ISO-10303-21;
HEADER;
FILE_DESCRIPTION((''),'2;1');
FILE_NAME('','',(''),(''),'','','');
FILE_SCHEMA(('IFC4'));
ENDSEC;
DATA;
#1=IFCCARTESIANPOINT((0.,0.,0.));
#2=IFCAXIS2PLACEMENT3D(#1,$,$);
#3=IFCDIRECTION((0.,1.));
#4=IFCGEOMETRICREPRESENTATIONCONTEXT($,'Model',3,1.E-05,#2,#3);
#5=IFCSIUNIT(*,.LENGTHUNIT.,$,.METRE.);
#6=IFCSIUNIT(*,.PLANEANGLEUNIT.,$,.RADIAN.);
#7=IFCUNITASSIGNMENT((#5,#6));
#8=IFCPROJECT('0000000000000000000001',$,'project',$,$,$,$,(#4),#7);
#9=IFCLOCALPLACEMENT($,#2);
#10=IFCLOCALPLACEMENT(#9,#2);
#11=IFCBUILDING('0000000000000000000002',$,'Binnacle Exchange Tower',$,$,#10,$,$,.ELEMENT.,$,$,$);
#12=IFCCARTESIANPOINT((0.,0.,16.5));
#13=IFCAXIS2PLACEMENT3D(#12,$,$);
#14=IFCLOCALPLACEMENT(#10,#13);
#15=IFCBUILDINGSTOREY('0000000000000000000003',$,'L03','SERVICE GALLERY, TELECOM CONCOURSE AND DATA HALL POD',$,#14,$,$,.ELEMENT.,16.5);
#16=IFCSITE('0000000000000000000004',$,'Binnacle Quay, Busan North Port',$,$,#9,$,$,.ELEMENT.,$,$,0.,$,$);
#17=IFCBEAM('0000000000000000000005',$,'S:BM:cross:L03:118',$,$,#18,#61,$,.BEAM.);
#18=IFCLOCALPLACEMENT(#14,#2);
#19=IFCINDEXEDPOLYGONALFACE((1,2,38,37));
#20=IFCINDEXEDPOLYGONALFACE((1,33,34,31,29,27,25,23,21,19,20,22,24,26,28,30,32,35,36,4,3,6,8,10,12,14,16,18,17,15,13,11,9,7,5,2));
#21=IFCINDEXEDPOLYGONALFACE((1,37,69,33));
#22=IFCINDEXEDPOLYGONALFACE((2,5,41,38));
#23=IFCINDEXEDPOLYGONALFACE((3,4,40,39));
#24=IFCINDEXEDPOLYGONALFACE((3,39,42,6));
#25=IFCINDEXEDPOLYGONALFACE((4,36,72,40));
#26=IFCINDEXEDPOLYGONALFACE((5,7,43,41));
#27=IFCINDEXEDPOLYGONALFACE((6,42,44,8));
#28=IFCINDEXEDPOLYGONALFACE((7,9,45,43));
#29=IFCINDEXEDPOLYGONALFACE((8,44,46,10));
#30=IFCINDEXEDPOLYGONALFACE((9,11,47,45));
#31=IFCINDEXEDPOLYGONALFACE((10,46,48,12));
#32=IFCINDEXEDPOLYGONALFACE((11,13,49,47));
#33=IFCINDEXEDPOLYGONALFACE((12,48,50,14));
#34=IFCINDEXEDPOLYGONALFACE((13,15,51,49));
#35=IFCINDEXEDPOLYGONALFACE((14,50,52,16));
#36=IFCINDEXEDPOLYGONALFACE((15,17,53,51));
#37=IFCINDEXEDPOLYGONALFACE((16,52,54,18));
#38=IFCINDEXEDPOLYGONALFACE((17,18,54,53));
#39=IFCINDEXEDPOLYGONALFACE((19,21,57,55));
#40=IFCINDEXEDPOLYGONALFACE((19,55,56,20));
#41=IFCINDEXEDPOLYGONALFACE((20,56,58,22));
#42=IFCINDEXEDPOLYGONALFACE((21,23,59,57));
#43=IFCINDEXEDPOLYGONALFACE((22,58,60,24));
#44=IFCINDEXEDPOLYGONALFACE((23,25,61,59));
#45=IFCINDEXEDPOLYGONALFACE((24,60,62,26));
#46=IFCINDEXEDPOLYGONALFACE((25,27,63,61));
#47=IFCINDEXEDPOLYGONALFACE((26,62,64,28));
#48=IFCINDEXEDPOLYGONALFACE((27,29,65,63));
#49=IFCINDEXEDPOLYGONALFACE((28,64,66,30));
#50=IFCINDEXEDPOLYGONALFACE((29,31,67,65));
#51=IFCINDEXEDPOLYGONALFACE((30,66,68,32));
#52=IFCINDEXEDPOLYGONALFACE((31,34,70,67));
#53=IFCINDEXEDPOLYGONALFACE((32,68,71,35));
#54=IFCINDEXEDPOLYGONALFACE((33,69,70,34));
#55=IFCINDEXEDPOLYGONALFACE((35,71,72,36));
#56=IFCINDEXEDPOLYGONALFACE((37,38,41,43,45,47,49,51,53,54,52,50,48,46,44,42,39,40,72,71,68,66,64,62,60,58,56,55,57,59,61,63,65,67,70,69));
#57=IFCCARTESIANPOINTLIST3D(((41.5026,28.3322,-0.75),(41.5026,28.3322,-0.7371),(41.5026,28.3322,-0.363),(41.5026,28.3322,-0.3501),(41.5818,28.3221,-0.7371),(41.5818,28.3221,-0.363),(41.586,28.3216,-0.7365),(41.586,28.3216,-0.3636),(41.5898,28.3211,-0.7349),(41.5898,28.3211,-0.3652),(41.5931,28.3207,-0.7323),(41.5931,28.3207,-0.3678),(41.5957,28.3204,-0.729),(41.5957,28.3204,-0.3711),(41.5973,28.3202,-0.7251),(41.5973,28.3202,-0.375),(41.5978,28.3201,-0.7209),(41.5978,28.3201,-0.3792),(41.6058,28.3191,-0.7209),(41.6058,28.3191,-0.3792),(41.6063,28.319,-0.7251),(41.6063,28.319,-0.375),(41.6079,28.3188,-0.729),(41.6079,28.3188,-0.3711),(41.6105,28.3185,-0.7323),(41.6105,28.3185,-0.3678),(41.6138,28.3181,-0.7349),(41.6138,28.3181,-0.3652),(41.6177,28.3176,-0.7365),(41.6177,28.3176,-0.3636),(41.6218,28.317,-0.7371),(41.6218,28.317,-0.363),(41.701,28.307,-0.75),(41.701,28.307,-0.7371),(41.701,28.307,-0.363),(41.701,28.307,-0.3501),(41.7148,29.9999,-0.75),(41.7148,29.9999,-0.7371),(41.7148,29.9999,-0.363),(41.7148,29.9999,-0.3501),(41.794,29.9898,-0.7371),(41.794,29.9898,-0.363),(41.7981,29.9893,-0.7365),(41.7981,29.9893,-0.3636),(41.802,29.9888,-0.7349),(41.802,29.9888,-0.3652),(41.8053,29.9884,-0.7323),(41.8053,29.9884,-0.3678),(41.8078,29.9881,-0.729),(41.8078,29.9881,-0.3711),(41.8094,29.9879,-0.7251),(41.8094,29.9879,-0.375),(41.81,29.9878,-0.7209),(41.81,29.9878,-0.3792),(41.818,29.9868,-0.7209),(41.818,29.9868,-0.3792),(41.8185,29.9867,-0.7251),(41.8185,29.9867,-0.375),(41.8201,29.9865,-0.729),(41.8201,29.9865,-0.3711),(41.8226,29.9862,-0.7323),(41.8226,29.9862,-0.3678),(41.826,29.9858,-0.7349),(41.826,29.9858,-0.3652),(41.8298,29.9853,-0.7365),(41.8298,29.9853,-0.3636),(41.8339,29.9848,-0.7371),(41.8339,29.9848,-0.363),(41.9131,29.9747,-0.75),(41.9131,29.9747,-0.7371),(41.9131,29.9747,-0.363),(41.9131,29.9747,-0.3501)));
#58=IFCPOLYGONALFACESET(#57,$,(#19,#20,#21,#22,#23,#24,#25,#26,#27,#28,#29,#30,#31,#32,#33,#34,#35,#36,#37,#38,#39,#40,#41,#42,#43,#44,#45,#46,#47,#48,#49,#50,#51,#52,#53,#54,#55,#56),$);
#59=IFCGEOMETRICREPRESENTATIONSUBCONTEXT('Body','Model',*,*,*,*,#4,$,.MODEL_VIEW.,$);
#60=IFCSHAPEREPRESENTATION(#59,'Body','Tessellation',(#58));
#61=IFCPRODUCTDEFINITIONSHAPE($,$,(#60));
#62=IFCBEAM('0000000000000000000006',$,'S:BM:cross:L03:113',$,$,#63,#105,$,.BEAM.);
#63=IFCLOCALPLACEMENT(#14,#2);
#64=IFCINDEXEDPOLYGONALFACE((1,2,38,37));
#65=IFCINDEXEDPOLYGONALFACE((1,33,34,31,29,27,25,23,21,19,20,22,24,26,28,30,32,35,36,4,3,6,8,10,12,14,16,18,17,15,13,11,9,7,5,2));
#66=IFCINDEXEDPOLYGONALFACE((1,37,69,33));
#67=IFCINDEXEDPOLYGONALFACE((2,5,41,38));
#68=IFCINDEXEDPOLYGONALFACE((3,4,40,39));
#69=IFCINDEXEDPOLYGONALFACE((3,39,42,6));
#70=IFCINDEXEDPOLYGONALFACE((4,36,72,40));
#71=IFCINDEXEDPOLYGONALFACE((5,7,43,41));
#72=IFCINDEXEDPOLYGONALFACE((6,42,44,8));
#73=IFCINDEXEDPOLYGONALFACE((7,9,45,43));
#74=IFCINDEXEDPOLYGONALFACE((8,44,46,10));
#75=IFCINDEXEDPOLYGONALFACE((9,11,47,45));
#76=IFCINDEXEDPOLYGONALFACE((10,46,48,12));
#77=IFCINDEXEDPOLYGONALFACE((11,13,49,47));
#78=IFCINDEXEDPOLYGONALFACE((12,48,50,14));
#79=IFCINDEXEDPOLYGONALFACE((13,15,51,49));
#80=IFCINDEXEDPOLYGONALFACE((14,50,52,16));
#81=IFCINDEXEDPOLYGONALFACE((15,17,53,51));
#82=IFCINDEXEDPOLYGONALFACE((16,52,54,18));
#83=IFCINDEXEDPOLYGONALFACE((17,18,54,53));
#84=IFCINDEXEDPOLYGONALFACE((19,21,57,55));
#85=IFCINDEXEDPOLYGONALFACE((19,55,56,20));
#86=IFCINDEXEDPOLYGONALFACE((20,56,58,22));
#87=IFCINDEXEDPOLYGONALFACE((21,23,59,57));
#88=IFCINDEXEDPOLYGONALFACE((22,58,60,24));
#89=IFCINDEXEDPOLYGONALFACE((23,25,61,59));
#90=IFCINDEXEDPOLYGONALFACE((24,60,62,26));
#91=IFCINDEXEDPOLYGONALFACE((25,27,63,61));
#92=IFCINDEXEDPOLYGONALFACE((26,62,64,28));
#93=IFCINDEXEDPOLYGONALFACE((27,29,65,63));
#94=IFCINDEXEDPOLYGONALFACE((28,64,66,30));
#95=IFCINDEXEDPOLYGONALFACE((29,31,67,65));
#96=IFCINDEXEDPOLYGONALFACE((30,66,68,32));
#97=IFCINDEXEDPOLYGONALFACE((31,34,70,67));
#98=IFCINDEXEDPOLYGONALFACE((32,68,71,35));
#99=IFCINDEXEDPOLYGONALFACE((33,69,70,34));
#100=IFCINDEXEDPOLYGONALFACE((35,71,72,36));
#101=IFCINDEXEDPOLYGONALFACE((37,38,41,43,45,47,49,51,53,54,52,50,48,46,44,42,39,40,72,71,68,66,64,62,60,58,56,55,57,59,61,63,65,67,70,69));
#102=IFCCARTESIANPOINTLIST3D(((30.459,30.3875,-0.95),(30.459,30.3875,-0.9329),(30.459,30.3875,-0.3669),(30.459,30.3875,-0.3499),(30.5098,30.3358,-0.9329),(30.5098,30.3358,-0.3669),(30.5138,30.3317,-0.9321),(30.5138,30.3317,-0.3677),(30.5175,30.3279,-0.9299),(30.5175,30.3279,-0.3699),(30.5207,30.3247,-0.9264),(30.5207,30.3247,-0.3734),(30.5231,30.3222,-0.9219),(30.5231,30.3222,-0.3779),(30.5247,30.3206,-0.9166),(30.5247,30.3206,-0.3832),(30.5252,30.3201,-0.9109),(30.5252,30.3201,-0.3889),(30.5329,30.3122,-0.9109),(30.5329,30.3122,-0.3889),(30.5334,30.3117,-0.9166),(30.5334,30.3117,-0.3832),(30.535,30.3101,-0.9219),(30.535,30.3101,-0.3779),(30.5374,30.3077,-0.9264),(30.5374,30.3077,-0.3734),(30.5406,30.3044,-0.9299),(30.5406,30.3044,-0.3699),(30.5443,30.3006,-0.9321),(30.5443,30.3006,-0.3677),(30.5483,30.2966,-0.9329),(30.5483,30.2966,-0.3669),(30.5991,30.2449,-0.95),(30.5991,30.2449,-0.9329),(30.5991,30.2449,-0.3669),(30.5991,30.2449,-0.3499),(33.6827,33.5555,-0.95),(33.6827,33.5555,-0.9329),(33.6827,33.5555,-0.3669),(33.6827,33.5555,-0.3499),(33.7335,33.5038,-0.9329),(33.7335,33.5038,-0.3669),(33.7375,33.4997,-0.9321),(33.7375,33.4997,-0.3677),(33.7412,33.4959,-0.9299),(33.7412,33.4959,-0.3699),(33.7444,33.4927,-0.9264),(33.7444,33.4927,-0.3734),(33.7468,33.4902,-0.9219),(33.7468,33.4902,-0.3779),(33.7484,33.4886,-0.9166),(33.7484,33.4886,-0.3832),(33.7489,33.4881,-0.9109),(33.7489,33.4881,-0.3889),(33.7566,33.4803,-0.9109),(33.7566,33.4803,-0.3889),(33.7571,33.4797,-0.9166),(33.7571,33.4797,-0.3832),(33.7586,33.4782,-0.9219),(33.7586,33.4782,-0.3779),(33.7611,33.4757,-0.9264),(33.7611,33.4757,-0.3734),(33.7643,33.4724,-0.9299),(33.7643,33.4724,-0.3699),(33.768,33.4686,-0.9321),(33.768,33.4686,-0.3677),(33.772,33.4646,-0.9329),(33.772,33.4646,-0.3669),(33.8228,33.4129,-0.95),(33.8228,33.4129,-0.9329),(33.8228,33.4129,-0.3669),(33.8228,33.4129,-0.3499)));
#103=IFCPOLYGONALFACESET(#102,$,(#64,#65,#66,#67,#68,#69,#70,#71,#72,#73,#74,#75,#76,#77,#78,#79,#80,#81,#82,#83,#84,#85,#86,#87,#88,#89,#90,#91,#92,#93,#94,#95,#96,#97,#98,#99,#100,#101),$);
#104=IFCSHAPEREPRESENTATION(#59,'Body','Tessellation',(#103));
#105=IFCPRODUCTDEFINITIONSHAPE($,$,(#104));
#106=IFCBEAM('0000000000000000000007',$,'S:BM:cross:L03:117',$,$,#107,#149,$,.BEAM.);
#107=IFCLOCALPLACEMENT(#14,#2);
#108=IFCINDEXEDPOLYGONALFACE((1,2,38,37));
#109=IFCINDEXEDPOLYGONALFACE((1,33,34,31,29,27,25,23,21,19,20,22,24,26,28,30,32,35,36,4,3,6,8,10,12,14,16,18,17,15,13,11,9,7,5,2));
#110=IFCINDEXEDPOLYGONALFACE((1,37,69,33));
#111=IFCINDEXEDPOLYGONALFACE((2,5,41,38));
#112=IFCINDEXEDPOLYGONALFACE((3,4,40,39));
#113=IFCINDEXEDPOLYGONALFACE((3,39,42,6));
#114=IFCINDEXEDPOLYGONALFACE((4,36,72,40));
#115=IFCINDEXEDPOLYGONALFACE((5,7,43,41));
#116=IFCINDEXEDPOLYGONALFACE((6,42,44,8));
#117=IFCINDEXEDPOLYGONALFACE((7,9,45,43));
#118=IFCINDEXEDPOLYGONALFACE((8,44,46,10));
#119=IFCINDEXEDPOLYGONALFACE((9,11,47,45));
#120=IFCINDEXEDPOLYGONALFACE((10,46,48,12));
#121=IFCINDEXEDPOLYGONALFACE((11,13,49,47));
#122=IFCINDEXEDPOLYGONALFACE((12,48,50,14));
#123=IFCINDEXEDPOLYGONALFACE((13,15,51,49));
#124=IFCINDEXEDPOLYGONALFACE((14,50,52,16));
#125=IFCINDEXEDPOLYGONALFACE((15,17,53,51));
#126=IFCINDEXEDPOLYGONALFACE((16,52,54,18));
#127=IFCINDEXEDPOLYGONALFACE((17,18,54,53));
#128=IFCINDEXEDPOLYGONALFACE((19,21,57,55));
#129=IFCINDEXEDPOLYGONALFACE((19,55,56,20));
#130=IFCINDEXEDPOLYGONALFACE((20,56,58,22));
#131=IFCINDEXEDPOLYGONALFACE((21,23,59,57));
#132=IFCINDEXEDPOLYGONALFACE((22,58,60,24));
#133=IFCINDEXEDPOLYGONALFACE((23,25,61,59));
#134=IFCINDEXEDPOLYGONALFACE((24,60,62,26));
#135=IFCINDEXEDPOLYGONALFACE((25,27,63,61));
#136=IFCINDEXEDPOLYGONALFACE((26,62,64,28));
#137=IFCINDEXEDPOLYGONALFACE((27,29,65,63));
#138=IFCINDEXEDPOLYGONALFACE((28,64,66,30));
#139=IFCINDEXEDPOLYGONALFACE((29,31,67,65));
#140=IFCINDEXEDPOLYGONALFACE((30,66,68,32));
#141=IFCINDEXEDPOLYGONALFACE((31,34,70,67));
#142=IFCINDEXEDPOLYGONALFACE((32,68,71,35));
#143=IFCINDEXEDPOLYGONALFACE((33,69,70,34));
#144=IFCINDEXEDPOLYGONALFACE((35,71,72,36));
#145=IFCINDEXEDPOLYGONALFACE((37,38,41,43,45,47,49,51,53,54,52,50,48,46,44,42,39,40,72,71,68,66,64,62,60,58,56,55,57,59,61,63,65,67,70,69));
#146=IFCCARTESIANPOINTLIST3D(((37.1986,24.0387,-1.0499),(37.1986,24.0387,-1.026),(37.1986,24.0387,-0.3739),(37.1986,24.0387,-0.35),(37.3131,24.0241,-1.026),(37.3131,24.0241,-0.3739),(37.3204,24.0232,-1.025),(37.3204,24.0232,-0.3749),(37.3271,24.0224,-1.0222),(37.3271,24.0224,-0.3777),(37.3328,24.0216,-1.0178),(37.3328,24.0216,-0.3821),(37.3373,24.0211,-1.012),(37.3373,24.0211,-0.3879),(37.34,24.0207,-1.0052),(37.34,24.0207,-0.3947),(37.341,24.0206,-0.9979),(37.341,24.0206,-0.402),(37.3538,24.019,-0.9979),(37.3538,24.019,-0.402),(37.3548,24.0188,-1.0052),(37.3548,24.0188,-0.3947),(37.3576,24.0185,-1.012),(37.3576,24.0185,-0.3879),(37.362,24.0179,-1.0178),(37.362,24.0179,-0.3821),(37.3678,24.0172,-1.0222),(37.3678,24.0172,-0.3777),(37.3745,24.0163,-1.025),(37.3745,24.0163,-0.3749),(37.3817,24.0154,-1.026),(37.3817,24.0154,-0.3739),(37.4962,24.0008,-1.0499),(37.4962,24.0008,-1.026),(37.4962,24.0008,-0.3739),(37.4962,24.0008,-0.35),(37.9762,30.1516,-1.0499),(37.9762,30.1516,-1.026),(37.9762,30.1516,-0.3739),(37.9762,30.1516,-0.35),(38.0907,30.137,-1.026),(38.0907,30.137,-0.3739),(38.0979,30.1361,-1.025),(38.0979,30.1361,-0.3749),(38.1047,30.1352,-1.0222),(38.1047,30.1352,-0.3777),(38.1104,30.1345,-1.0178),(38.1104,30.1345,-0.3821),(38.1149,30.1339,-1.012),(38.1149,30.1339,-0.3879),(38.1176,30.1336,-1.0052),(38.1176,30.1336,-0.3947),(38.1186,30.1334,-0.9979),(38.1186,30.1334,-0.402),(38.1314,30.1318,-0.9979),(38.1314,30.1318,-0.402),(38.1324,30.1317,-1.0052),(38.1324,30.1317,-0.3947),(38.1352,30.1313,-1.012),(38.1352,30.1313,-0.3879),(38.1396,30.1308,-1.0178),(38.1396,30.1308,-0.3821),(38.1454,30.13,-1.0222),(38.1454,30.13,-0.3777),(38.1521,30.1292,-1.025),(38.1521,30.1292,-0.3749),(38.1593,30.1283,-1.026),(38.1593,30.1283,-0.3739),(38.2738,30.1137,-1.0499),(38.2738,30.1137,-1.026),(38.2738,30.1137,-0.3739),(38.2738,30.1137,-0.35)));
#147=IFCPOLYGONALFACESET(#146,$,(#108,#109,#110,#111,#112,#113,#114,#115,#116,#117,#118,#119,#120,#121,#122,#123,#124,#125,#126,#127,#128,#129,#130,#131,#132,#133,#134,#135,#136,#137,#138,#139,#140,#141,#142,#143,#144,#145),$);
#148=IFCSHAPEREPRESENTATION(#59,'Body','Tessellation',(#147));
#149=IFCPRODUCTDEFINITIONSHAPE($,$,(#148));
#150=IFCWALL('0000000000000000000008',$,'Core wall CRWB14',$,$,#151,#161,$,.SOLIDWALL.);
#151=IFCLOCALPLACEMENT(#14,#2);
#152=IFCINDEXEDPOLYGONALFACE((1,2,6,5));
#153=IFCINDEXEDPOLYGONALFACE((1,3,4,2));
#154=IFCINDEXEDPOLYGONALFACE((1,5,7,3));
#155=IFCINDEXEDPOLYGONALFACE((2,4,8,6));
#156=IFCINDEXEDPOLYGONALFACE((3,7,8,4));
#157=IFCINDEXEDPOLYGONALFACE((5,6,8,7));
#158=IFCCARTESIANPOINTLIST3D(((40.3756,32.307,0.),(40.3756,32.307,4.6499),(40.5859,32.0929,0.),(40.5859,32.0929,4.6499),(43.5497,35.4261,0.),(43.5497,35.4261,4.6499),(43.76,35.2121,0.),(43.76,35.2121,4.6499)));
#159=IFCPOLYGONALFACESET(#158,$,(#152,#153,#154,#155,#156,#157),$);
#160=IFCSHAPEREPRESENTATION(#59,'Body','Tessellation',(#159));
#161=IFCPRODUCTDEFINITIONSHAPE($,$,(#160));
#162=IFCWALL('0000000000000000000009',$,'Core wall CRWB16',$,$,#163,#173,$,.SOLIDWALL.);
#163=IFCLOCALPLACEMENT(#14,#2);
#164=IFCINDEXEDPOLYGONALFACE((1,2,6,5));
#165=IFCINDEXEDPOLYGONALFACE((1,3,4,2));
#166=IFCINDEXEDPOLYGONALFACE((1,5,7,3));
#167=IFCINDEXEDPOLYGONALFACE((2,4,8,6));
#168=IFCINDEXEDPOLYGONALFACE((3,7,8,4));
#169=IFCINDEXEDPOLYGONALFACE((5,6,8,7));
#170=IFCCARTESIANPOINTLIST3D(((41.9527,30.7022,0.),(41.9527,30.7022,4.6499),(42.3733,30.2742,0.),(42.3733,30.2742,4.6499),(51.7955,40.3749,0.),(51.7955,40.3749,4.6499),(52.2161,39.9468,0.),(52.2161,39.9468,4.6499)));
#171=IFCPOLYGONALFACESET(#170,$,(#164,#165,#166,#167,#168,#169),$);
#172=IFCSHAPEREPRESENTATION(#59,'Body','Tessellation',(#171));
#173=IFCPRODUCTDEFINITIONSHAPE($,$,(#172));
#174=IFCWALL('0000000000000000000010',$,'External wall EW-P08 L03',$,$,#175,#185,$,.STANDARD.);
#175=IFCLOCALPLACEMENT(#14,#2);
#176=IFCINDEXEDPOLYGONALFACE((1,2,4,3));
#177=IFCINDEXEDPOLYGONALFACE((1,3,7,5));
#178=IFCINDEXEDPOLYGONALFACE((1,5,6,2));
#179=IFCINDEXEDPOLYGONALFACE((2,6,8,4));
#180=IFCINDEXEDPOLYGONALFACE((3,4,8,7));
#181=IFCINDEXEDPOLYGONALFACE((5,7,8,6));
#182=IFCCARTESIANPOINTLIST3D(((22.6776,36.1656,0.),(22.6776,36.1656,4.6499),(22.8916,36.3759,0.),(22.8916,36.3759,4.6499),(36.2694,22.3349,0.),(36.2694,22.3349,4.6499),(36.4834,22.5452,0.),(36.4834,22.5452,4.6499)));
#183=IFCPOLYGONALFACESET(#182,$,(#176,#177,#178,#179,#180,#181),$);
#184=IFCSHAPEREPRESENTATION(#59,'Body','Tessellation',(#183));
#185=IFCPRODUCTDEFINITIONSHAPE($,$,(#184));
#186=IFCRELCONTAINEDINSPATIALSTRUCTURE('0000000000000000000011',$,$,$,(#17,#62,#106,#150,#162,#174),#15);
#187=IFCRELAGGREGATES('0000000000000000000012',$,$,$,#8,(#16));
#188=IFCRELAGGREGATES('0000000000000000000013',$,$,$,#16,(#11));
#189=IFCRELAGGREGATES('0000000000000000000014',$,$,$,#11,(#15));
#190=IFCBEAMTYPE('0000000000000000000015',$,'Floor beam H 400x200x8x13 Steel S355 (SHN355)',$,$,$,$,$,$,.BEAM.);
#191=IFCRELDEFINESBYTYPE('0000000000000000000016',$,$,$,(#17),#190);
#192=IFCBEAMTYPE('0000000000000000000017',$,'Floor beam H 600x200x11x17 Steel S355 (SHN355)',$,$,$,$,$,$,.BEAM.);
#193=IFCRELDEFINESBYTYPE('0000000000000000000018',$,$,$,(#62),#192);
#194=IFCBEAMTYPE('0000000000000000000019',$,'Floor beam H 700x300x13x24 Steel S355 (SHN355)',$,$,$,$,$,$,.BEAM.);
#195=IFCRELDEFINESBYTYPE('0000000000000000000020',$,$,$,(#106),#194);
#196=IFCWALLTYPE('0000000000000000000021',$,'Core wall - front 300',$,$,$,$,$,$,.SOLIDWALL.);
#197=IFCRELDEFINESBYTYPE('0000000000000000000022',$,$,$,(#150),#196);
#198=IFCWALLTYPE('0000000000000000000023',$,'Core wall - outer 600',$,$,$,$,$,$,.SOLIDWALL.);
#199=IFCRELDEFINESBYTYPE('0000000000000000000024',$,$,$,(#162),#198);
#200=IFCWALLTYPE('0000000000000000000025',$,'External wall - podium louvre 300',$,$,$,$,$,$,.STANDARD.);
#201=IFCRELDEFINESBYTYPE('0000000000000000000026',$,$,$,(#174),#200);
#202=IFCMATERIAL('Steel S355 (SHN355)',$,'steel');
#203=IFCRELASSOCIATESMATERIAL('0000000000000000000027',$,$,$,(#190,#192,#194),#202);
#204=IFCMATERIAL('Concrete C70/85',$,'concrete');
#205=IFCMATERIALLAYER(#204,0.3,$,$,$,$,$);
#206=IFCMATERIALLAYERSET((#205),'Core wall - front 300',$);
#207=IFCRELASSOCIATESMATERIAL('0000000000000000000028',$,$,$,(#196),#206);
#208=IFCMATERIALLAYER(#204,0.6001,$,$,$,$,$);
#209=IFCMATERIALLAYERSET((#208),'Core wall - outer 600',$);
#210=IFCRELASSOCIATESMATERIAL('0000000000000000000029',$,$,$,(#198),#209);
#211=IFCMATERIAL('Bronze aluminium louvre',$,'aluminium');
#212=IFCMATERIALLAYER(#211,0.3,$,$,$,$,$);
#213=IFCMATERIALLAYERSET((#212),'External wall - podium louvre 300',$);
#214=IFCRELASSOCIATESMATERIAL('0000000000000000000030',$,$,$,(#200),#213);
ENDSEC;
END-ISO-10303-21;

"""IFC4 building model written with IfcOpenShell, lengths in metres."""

from ifc_helpers import new_model, si_unit, direction, frame, frame_2d, origin, origin_2d, place, context, subcontext, project, spatial, rectangle, i_section, extrude, material, layer, layer_set, material_profile, profile_set, type_object, element, save


model = new_model("IFC4")

# Units and contexts
model_context = context("Model", 3, precision=1e-05, world=origin(), true_north=direction((0.0, 1.0)))
body_context = subcontext(model_context, "Body", "Model", "MODEL_VIEW")
ifc_project = project(units=[si_unit("LENGTHUNIT", "METRE"), si_unit("PLANEANGLEUNIT", "RADIAN")], contexts=[model_context])

# Site, building, storey
site_placement = place(None, origin())
site = spatial("IfcSite", under=ifc_project, at=site_placement, Name="Binnacle Quay, Busan North Port", CompositionType="ELEMENT", RefElevation=0.0)
building_placement = place(site_placement, origin())
building = spatial("IfcBuilding", under=site, at=building_placement, Name="Binnacle Exchange Tower", CompositionType="ELEMENT")
storey_placement = place(building_placement, frame((0.0, 0.0, 16.5)))
storey = spatial("IfcBuildingStorey", under=building, at=storey_placement, Name="L03", Description="SERVICE GALLERY, TELECOM CONCOURSE AND DATA HALL POD", CompositionType="ELEMENT", Elevation=16.5)

# Shared definitions
ifc_material_1 = material(Name="Concrete C70/85", Category="concrete")

# Beams
ifc_material_2 = material(Name="Steel S355 (SHN355)", Category="steel")
ifc_material_profile_1 = material_profile(ifc_material_2, i_section(OverallWidth=0.2, OverallDepth=0.3999, WebThickness=0.0081, FlangeThickness=0.0129, FilletRadius=0.0161, at=origin_2d()), Name="H 400x200x8x13")
ifc_profile_set_1 = profile_set([ifc_material_profile_1], Name="Steel S355 (SHN355)")
beam_type_1 = type_object("IfcBeamType", Name="Floor beam H 400x200x8x13 Steel S355 (SHN355)", PredefinedType="BEAM", material=ifc_profile_set_1)
beam_1_placement = place(storey_placement, frame((41.6018, 28.3196, -0.55), z_axis=(0.126197, 0.992005, 0.0), x_axis=(-0.992005, 0.126197, 0.0)))
element("IfcBeam", 1, at=beam_1_placement, inside=storey, type_object=beam_type_1, Name="S:BM:cross:L03:118", PredefinedType="BEAM", context=body_context, shape_type="SweptSolid", body=[
    extrude(i_section(OverallWidth=0.2, OverallDepth=0.3999, WebThickness=0.0081, FlangeThickness=0.0129, FilletRadius=0.0161, at=origin_2d()), origin(), (0.0, 0.0, 1.0), 1.6812),
])
ifc_material_profile_2 = material_profile(ifc_material_2, i_section(OverallWidth=0.2, OverallDepth=0.6001, WebThickness=0.011, FlangeThickness=0.0171, FilletRadius=0.022, at=origin_2d()), Name="H 600x200x11x17")
ifc_profile_set_2 = profile_set([ifc_material_profile_2], Name="Steel S355 (SHN355)")
beam_type_2 = type_object("IfcBeamType", Name="Floor beam H 600x200x11x17 Steel S355 (SHN355)", PredefinedType="BEAM", material=ifc_profile_set_2)
beam_2_placement = place(storey_placement, frame((30.5291, 30.3162, -0.6499), z_axis=(0.713238, 0.700922, 0.0), x_axis=(-0.700922, 0.713238, 0.0)))
element("IfcBeam", 2, at=beam_2_placement, inside=storey, type_object=beam_type_2, Name="S:BM:cross:L03:113", PredefinedType="BEAM", context=body_context, shape_type="SweptSolid", body=[
    extrude(i_section(OverallWidth=0.2, OverallDepth=0.6001, WebThickness=0.011, FlangeThickness=0.0171, FilletRadius=0.022, at=origin_2d()), origin(), (0.0, 0.0, 1.0), 4.5198),
])
ifc_material_profile_3 = material_profile(ifc_material_2, i_section(OverallWidth=0.3, OverallDepth=0.7, WebThickness=0.0129, FlangeThickness=0.0239, FilletRadius=0.0281, at=origin_2d()), Name="H 700x300x13x24")
ifc_profile_set_3 = profile_set([ifc_material_profile_3], Name="Steel S355 (SHN355)")
beam_type_3 = type_object("IfcBeamType", Name="Floor beam H 700x300x13x24 Steel S355 (SHN355)", PredefinedType="BEAM", material=ifc_profile_set_3)
beam_3_placement = place(storey_placement, frame((37.3474, 24.0198, -0.7), z_axis=(0.12619, 0.992006, 0.0), x_axis=(-0.992006, 0.12619, 0.0)))
element("IfcBeam", 3, at=beam_3_placement, inside=storey, type_object=beam_type_3, Name="S:BM:cross:L03:117", PredefinedType="BEAM", context=body_context, shape_type="SweptSolid", body=[
    extrude(i_section(OverallWidth=0.3, OverallDepth=0.7, WebThickness=0.0129, FlangeThickness=0.0239, FilletRadius=0.0281, at=origin_2d()), origin(), (0.0, 0.0, 1.0), 6.1621),
])

# Walls
ifc_layer_1 = layer(ifc_material_1, 0.3)
ifc_layer_set_1 = layer_set([ifc_layer_1], Name="Core wall - front 300")
wall_type_1 = type_object("IfcWallType", Name="Core wall - front 300", PredefinedType="SOLIDWALL", material=ifc_layer_set_1)
wall_1_placement = place(storey_placement, frame((40.4807, 32.2, 0.0), z_axis=(0.0, 0.0, 1.0), x_axis=(0.713252, 0.700908, 0.0)))
element("IfcWall", 4, at=wall_1_placement, inside=storey, type_object=wall_type_1, Name="Core wall CRWB14", PredefinedType="SOLIDWALL", context=body_context, shape_type="SweptSolid", body=[
    extrude(rectangle(XDim=4.4502, YDim=0.3, at=frame_2d((2.2251, 0.0))), origin(), (0.0, 0.0, 1.0), 4.6499),
])
ifc_layer_2 = layer(ifc_material_1, 0.6001)
ifc_layer_set_2 = layer_set([ifc_layer_2], Name="Core wall - outer 600")
wall_type_2 = type_object("IfcWallType", Name="Core wall - outer 600", PredefinedType="SOLIDWALL", material=ifc_layer_set_2)
wall_2_placement = place(storey_placement, frame((42.1631, 30.4883, 0.0), z_axis=(0.0, 0.0, 1.0), x_axis=(0.713245, 0.700914, 0.0)))
element("IfcWall", 5, at=wall_2_placement, inside=storey, type_object=wall_type_2, Name="Core wall CRWB16", PredefinedType="SOLIDWALL", context=body_context, shape_type="SweptSolid", body=[
    extrude(rectangle(XDim=13.8, YDim=0.6001, at=frame_2d((6.8999, 0.0))), origin(), (0.0, 0.0, 1.0), 4.6499),
])
ifc_material_3 = material(Name="Bronze aluminium louvre", Category="aluminium")
ifc_layer_3 = layer(ifc_material_3, 0.3)
ifc_layer_set_3 = layer_set([ifc_layer_3], Name="External wall - podium louvre 300")
wall_type_3 = type_object("IfcWallType", Name="External wall - podium louvre 300", PredefinedType="STANDARD", material=ifc_layer_set_3)
wall_3_placement = place(storey_placement, frame((36.3765, 22.4399, 0.0), z_axis=(0.0, 0.0, 1.0), x_axis=(-0.700917, 0.713243, 0.0)))
element("IfcWall", 6, at=wall_3_placement, inside=storey, type_object=wall_type_3, Name="External wall EW-P08 L03", PredefinedType="STANDARD", context=body_context, shape_type="SweptSolid", body=[
    extrude(rectangle(XDim=19.3914, YDim=0.3, at=frame_2d((9.6958, 0.0))), origin(), (0.0, 0.0, 1.0), 4.6499),
])

save(model, "model.ifc")
